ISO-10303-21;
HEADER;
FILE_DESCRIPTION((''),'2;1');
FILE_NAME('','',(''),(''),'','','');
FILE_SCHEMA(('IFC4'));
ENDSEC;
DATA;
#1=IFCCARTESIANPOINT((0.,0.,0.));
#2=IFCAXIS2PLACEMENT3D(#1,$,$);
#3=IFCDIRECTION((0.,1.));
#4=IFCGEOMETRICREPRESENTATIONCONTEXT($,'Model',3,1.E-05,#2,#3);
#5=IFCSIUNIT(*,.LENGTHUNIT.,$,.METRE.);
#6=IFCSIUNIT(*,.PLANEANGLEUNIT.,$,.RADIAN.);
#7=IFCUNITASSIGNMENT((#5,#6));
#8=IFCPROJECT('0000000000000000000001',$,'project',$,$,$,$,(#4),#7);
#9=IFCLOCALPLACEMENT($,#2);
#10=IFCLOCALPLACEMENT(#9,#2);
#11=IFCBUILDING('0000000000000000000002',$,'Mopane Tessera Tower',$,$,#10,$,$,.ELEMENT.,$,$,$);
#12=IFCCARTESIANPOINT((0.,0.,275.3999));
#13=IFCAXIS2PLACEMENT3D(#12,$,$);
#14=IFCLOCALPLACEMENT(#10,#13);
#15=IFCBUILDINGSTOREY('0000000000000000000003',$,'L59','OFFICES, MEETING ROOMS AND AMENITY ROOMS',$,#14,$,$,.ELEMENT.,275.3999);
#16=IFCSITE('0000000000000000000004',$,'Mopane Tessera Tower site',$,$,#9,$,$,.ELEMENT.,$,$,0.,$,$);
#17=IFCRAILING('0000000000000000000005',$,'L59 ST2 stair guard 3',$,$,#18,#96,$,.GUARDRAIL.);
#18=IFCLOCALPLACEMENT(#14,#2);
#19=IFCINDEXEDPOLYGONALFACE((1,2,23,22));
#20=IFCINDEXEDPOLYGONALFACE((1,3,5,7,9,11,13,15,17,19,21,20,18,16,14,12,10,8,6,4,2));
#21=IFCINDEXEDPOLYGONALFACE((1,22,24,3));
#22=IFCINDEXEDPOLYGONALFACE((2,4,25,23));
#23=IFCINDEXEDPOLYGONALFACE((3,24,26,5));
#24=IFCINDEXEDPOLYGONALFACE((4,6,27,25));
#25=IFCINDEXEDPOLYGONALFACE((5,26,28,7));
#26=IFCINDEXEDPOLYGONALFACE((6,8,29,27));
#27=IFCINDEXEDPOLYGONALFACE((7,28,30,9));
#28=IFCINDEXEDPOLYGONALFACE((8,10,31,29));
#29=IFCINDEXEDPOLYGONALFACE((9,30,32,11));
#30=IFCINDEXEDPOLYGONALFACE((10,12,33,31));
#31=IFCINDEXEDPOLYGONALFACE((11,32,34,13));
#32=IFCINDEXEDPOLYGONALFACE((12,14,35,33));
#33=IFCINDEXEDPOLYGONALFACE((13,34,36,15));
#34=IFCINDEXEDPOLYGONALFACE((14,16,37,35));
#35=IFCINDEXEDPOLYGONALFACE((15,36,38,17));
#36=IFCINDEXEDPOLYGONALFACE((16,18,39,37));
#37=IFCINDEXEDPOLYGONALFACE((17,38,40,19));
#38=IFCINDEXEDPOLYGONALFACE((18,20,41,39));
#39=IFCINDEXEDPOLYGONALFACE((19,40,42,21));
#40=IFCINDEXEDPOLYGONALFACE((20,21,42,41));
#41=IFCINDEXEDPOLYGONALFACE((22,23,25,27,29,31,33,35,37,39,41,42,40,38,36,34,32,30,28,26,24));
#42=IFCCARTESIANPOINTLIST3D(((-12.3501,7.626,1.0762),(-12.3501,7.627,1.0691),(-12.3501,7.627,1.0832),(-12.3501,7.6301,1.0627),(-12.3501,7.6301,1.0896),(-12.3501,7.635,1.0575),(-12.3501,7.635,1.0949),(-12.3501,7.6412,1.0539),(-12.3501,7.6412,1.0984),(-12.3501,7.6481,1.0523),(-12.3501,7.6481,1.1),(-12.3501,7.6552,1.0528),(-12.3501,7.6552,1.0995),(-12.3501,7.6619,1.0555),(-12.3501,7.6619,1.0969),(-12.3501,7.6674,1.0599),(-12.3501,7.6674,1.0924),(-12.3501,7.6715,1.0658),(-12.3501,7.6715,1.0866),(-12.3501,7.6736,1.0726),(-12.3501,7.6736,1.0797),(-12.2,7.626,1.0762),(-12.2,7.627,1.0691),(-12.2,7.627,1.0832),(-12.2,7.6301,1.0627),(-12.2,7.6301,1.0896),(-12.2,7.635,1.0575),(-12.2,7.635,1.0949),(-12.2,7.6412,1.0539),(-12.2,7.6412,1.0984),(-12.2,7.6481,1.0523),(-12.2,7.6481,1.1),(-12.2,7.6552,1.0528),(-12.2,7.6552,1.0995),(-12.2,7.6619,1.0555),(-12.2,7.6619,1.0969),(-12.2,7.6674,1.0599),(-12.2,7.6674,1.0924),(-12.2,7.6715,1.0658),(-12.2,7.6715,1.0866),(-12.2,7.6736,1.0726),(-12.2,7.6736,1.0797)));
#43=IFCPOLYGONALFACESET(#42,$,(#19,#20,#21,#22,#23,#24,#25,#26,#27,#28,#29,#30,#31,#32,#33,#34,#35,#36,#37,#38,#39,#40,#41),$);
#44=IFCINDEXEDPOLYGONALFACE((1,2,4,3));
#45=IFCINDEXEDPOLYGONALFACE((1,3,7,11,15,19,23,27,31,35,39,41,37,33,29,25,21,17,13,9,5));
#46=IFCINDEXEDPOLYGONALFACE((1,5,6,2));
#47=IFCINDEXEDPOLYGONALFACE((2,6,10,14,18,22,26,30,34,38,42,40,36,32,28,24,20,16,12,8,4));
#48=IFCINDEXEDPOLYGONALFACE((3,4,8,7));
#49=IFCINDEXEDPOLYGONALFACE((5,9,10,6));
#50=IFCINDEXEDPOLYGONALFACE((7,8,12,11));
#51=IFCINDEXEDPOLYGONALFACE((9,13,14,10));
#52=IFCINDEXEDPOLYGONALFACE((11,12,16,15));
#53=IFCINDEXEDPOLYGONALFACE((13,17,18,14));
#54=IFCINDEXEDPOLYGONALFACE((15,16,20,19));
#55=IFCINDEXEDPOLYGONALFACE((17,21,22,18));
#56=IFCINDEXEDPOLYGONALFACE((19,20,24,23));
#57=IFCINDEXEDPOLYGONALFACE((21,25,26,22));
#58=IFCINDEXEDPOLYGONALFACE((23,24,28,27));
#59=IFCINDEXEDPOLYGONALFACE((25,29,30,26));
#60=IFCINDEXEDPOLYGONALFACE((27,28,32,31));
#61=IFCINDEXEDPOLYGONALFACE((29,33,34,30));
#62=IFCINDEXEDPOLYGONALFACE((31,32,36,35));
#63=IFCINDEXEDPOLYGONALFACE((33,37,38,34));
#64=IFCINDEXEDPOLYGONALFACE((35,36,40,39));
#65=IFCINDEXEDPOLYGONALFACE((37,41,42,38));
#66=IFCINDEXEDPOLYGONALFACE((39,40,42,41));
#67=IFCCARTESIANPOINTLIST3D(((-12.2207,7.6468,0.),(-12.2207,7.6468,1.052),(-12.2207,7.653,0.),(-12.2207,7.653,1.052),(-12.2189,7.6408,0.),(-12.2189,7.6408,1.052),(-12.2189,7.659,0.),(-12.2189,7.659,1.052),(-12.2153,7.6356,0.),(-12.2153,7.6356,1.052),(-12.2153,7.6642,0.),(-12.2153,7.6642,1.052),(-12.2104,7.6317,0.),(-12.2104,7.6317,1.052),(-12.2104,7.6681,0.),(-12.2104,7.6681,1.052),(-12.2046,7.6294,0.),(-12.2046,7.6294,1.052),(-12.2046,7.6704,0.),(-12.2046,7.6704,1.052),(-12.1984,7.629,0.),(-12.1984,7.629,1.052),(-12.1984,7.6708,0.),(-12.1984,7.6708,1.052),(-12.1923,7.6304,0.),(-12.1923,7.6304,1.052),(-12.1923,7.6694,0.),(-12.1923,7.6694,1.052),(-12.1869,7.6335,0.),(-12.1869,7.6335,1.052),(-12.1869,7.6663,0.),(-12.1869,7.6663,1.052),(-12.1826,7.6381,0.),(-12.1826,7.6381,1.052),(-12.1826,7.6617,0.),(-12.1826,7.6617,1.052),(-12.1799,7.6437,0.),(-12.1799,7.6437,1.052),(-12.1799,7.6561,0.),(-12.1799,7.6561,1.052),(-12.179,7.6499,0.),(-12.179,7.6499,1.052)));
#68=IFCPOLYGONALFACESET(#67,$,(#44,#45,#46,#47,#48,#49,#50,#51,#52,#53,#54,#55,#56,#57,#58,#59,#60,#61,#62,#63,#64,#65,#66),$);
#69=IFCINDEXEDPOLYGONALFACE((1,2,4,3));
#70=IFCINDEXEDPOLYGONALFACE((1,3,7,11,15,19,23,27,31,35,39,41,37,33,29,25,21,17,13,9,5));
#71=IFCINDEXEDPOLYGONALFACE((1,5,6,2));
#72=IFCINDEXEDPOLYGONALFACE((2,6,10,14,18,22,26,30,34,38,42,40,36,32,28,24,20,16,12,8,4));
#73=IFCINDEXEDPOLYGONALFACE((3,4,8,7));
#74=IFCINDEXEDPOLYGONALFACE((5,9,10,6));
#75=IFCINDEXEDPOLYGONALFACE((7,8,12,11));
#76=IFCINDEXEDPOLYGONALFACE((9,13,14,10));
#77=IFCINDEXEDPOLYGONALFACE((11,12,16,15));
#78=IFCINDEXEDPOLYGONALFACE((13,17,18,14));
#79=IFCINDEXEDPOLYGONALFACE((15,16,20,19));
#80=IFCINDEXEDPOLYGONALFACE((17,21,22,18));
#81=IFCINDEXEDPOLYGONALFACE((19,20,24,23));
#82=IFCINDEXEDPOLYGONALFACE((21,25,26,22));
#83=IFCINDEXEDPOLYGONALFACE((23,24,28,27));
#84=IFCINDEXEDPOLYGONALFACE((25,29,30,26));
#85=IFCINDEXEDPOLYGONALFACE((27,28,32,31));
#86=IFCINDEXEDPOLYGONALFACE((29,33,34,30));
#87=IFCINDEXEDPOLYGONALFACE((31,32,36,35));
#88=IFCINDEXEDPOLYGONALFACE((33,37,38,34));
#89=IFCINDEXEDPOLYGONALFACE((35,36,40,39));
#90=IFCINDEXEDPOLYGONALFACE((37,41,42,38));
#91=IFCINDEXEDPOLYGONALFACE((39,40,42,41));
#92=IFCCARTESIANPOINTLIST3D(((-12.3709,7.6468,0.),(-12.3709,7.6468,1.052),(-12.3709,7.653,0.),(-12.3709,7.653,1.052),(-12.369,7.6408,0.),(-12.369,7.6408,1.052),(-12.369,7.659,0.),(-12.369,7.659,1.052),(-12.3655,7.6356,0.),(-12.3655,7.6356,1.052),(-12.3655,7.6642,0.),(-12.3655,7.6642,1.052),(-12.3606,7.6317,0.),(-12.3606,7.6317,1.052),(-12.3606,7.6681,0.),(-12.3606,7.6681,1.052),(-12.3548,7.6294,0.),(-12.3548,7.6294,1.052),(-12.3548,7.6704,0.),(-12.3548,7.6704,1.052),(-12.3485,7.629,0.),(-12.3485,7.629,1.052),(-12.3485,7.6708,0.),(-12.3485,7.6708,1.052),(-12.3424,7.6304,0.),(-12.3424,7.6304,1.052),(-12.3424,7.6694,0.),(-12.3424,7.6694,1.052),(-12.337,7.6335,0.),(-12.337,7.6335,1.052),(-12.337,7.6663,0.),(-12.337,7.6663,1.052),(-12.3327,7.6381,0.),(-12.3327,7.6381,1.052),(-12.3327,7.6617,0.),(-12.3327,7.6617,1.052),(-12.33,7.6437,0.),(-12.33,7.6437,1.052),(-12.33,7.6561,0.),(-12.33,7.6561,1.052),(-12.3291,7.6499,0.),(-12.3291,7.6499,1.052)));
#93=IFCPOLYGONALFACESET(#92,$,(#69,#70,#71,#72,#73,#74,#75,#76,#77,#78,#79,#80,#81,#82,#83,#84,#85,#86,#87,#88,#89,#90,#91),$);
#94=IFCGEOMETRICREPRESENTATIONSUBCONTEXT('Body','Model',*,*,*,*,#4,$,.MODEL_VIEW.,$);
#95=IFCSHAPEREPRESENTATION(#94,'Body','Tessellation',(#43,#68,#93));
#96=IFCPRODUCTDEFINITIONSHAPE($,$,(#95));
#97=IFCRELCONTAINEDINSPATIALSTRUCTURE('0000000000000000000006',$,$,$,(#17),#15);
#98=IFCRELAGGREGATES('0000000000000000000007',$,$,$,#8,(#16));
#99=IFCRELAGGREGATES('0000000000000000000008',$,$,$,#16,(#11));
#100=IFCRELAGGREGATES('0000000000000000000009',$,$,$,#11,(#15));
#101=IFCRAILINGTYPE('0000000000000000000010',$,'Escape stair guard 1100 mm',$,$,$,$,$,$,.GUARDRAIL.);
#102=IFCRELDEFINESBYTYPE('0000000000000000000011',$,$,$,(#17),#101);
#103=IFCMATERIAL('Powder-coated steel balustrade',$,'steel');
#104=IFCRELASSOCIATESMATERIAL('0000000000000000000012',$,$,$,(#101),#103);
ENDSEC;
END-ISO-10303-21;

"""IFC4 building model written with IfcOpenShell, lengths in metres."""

from ifc_helpers import new_model, si_unit, direction, frame, origin, origin_2d, place, context, subcontext, project, spatial, circle, extrude, material, type_object, element, save


model = new_model("IFC4")

# Units and contexts
model_context = context("Model", 3, precision=1e-05, world=origin(), true_north=direction((0.0, 1.0)))
body_context = subcontext(model_context, "Body", "Model", "MODEL_VIEW")
ifc_project = project(units=[si_unit("LENGTHUNIT", "METRE"), si_unit("PLANEANGLEUNIT", "RADIAN")], contexts=[model_context])

# Site, building, storey
site_placement = place(None, origin())
site = spatial("IfcSite", under=ifc_project, at=site_placement, Name="Mopane Tessera Tower site", CompositionType="ELEMENT", RefElevation=0.0)
building_placement = place(site_placement, origin())
building = spatial("IfcBuilding", under=site, at=building_placement, Name="Mopane Tessera Tower", CompositionType="ELEMENT")
storey_placement = place(building_placement, frame((0.0, 0.0, 275.3999)))
storey = spatial("IfcBuildingStorey", under=building, at=storey_placement, Name="L59", Description="OFFICES, MEETING ROOMS AND AMENITY ROOMS", CompositionType="ELEMENT", Elevation=275.3999)

# Railing
ifc_material_1 = material(Name="Powder-coated steel balustrade", Category="steel")
railing_type_1 = type_object("IfcRailingType", Name="Escape stair guard 1100 mm", PredefinedType="GUARDRAIL", material=ifc_material_1)
railing_1_placement = place(storey_placement, frame((-12.2, 7.6499, 0.0)))
element("IfcRailing", 1, at=railing_1_placement, inside=storey, type_object=railing_type_1, Name="L59 ST2 stair guard 3", PredefinedType="GUARDRAIL", context=body_context, shape_type="SweptSolid", body=[
    extrude(circle(Radius=0.0239, at=origin_2d()), frame((0.0, 0.0, 1.0762), z_axis=(-1.0, 0.0, 0.0), x_axis=(0.0, -1.0, 0.0)), (0.0, 0.0, 1.0), 0.1501),
    extrude(circle(Radius=0.021, at=origin_2d()), origin(), (0.0, 0.0, 1.0), 1.052),
    extrude(circle(Radius=0.021, at=origin_2d()), frame((-0.1501, 0.0, 0.0)), (0.0, 0.0, 1.0), 1.052),
])

save(model, "model.ifc")
